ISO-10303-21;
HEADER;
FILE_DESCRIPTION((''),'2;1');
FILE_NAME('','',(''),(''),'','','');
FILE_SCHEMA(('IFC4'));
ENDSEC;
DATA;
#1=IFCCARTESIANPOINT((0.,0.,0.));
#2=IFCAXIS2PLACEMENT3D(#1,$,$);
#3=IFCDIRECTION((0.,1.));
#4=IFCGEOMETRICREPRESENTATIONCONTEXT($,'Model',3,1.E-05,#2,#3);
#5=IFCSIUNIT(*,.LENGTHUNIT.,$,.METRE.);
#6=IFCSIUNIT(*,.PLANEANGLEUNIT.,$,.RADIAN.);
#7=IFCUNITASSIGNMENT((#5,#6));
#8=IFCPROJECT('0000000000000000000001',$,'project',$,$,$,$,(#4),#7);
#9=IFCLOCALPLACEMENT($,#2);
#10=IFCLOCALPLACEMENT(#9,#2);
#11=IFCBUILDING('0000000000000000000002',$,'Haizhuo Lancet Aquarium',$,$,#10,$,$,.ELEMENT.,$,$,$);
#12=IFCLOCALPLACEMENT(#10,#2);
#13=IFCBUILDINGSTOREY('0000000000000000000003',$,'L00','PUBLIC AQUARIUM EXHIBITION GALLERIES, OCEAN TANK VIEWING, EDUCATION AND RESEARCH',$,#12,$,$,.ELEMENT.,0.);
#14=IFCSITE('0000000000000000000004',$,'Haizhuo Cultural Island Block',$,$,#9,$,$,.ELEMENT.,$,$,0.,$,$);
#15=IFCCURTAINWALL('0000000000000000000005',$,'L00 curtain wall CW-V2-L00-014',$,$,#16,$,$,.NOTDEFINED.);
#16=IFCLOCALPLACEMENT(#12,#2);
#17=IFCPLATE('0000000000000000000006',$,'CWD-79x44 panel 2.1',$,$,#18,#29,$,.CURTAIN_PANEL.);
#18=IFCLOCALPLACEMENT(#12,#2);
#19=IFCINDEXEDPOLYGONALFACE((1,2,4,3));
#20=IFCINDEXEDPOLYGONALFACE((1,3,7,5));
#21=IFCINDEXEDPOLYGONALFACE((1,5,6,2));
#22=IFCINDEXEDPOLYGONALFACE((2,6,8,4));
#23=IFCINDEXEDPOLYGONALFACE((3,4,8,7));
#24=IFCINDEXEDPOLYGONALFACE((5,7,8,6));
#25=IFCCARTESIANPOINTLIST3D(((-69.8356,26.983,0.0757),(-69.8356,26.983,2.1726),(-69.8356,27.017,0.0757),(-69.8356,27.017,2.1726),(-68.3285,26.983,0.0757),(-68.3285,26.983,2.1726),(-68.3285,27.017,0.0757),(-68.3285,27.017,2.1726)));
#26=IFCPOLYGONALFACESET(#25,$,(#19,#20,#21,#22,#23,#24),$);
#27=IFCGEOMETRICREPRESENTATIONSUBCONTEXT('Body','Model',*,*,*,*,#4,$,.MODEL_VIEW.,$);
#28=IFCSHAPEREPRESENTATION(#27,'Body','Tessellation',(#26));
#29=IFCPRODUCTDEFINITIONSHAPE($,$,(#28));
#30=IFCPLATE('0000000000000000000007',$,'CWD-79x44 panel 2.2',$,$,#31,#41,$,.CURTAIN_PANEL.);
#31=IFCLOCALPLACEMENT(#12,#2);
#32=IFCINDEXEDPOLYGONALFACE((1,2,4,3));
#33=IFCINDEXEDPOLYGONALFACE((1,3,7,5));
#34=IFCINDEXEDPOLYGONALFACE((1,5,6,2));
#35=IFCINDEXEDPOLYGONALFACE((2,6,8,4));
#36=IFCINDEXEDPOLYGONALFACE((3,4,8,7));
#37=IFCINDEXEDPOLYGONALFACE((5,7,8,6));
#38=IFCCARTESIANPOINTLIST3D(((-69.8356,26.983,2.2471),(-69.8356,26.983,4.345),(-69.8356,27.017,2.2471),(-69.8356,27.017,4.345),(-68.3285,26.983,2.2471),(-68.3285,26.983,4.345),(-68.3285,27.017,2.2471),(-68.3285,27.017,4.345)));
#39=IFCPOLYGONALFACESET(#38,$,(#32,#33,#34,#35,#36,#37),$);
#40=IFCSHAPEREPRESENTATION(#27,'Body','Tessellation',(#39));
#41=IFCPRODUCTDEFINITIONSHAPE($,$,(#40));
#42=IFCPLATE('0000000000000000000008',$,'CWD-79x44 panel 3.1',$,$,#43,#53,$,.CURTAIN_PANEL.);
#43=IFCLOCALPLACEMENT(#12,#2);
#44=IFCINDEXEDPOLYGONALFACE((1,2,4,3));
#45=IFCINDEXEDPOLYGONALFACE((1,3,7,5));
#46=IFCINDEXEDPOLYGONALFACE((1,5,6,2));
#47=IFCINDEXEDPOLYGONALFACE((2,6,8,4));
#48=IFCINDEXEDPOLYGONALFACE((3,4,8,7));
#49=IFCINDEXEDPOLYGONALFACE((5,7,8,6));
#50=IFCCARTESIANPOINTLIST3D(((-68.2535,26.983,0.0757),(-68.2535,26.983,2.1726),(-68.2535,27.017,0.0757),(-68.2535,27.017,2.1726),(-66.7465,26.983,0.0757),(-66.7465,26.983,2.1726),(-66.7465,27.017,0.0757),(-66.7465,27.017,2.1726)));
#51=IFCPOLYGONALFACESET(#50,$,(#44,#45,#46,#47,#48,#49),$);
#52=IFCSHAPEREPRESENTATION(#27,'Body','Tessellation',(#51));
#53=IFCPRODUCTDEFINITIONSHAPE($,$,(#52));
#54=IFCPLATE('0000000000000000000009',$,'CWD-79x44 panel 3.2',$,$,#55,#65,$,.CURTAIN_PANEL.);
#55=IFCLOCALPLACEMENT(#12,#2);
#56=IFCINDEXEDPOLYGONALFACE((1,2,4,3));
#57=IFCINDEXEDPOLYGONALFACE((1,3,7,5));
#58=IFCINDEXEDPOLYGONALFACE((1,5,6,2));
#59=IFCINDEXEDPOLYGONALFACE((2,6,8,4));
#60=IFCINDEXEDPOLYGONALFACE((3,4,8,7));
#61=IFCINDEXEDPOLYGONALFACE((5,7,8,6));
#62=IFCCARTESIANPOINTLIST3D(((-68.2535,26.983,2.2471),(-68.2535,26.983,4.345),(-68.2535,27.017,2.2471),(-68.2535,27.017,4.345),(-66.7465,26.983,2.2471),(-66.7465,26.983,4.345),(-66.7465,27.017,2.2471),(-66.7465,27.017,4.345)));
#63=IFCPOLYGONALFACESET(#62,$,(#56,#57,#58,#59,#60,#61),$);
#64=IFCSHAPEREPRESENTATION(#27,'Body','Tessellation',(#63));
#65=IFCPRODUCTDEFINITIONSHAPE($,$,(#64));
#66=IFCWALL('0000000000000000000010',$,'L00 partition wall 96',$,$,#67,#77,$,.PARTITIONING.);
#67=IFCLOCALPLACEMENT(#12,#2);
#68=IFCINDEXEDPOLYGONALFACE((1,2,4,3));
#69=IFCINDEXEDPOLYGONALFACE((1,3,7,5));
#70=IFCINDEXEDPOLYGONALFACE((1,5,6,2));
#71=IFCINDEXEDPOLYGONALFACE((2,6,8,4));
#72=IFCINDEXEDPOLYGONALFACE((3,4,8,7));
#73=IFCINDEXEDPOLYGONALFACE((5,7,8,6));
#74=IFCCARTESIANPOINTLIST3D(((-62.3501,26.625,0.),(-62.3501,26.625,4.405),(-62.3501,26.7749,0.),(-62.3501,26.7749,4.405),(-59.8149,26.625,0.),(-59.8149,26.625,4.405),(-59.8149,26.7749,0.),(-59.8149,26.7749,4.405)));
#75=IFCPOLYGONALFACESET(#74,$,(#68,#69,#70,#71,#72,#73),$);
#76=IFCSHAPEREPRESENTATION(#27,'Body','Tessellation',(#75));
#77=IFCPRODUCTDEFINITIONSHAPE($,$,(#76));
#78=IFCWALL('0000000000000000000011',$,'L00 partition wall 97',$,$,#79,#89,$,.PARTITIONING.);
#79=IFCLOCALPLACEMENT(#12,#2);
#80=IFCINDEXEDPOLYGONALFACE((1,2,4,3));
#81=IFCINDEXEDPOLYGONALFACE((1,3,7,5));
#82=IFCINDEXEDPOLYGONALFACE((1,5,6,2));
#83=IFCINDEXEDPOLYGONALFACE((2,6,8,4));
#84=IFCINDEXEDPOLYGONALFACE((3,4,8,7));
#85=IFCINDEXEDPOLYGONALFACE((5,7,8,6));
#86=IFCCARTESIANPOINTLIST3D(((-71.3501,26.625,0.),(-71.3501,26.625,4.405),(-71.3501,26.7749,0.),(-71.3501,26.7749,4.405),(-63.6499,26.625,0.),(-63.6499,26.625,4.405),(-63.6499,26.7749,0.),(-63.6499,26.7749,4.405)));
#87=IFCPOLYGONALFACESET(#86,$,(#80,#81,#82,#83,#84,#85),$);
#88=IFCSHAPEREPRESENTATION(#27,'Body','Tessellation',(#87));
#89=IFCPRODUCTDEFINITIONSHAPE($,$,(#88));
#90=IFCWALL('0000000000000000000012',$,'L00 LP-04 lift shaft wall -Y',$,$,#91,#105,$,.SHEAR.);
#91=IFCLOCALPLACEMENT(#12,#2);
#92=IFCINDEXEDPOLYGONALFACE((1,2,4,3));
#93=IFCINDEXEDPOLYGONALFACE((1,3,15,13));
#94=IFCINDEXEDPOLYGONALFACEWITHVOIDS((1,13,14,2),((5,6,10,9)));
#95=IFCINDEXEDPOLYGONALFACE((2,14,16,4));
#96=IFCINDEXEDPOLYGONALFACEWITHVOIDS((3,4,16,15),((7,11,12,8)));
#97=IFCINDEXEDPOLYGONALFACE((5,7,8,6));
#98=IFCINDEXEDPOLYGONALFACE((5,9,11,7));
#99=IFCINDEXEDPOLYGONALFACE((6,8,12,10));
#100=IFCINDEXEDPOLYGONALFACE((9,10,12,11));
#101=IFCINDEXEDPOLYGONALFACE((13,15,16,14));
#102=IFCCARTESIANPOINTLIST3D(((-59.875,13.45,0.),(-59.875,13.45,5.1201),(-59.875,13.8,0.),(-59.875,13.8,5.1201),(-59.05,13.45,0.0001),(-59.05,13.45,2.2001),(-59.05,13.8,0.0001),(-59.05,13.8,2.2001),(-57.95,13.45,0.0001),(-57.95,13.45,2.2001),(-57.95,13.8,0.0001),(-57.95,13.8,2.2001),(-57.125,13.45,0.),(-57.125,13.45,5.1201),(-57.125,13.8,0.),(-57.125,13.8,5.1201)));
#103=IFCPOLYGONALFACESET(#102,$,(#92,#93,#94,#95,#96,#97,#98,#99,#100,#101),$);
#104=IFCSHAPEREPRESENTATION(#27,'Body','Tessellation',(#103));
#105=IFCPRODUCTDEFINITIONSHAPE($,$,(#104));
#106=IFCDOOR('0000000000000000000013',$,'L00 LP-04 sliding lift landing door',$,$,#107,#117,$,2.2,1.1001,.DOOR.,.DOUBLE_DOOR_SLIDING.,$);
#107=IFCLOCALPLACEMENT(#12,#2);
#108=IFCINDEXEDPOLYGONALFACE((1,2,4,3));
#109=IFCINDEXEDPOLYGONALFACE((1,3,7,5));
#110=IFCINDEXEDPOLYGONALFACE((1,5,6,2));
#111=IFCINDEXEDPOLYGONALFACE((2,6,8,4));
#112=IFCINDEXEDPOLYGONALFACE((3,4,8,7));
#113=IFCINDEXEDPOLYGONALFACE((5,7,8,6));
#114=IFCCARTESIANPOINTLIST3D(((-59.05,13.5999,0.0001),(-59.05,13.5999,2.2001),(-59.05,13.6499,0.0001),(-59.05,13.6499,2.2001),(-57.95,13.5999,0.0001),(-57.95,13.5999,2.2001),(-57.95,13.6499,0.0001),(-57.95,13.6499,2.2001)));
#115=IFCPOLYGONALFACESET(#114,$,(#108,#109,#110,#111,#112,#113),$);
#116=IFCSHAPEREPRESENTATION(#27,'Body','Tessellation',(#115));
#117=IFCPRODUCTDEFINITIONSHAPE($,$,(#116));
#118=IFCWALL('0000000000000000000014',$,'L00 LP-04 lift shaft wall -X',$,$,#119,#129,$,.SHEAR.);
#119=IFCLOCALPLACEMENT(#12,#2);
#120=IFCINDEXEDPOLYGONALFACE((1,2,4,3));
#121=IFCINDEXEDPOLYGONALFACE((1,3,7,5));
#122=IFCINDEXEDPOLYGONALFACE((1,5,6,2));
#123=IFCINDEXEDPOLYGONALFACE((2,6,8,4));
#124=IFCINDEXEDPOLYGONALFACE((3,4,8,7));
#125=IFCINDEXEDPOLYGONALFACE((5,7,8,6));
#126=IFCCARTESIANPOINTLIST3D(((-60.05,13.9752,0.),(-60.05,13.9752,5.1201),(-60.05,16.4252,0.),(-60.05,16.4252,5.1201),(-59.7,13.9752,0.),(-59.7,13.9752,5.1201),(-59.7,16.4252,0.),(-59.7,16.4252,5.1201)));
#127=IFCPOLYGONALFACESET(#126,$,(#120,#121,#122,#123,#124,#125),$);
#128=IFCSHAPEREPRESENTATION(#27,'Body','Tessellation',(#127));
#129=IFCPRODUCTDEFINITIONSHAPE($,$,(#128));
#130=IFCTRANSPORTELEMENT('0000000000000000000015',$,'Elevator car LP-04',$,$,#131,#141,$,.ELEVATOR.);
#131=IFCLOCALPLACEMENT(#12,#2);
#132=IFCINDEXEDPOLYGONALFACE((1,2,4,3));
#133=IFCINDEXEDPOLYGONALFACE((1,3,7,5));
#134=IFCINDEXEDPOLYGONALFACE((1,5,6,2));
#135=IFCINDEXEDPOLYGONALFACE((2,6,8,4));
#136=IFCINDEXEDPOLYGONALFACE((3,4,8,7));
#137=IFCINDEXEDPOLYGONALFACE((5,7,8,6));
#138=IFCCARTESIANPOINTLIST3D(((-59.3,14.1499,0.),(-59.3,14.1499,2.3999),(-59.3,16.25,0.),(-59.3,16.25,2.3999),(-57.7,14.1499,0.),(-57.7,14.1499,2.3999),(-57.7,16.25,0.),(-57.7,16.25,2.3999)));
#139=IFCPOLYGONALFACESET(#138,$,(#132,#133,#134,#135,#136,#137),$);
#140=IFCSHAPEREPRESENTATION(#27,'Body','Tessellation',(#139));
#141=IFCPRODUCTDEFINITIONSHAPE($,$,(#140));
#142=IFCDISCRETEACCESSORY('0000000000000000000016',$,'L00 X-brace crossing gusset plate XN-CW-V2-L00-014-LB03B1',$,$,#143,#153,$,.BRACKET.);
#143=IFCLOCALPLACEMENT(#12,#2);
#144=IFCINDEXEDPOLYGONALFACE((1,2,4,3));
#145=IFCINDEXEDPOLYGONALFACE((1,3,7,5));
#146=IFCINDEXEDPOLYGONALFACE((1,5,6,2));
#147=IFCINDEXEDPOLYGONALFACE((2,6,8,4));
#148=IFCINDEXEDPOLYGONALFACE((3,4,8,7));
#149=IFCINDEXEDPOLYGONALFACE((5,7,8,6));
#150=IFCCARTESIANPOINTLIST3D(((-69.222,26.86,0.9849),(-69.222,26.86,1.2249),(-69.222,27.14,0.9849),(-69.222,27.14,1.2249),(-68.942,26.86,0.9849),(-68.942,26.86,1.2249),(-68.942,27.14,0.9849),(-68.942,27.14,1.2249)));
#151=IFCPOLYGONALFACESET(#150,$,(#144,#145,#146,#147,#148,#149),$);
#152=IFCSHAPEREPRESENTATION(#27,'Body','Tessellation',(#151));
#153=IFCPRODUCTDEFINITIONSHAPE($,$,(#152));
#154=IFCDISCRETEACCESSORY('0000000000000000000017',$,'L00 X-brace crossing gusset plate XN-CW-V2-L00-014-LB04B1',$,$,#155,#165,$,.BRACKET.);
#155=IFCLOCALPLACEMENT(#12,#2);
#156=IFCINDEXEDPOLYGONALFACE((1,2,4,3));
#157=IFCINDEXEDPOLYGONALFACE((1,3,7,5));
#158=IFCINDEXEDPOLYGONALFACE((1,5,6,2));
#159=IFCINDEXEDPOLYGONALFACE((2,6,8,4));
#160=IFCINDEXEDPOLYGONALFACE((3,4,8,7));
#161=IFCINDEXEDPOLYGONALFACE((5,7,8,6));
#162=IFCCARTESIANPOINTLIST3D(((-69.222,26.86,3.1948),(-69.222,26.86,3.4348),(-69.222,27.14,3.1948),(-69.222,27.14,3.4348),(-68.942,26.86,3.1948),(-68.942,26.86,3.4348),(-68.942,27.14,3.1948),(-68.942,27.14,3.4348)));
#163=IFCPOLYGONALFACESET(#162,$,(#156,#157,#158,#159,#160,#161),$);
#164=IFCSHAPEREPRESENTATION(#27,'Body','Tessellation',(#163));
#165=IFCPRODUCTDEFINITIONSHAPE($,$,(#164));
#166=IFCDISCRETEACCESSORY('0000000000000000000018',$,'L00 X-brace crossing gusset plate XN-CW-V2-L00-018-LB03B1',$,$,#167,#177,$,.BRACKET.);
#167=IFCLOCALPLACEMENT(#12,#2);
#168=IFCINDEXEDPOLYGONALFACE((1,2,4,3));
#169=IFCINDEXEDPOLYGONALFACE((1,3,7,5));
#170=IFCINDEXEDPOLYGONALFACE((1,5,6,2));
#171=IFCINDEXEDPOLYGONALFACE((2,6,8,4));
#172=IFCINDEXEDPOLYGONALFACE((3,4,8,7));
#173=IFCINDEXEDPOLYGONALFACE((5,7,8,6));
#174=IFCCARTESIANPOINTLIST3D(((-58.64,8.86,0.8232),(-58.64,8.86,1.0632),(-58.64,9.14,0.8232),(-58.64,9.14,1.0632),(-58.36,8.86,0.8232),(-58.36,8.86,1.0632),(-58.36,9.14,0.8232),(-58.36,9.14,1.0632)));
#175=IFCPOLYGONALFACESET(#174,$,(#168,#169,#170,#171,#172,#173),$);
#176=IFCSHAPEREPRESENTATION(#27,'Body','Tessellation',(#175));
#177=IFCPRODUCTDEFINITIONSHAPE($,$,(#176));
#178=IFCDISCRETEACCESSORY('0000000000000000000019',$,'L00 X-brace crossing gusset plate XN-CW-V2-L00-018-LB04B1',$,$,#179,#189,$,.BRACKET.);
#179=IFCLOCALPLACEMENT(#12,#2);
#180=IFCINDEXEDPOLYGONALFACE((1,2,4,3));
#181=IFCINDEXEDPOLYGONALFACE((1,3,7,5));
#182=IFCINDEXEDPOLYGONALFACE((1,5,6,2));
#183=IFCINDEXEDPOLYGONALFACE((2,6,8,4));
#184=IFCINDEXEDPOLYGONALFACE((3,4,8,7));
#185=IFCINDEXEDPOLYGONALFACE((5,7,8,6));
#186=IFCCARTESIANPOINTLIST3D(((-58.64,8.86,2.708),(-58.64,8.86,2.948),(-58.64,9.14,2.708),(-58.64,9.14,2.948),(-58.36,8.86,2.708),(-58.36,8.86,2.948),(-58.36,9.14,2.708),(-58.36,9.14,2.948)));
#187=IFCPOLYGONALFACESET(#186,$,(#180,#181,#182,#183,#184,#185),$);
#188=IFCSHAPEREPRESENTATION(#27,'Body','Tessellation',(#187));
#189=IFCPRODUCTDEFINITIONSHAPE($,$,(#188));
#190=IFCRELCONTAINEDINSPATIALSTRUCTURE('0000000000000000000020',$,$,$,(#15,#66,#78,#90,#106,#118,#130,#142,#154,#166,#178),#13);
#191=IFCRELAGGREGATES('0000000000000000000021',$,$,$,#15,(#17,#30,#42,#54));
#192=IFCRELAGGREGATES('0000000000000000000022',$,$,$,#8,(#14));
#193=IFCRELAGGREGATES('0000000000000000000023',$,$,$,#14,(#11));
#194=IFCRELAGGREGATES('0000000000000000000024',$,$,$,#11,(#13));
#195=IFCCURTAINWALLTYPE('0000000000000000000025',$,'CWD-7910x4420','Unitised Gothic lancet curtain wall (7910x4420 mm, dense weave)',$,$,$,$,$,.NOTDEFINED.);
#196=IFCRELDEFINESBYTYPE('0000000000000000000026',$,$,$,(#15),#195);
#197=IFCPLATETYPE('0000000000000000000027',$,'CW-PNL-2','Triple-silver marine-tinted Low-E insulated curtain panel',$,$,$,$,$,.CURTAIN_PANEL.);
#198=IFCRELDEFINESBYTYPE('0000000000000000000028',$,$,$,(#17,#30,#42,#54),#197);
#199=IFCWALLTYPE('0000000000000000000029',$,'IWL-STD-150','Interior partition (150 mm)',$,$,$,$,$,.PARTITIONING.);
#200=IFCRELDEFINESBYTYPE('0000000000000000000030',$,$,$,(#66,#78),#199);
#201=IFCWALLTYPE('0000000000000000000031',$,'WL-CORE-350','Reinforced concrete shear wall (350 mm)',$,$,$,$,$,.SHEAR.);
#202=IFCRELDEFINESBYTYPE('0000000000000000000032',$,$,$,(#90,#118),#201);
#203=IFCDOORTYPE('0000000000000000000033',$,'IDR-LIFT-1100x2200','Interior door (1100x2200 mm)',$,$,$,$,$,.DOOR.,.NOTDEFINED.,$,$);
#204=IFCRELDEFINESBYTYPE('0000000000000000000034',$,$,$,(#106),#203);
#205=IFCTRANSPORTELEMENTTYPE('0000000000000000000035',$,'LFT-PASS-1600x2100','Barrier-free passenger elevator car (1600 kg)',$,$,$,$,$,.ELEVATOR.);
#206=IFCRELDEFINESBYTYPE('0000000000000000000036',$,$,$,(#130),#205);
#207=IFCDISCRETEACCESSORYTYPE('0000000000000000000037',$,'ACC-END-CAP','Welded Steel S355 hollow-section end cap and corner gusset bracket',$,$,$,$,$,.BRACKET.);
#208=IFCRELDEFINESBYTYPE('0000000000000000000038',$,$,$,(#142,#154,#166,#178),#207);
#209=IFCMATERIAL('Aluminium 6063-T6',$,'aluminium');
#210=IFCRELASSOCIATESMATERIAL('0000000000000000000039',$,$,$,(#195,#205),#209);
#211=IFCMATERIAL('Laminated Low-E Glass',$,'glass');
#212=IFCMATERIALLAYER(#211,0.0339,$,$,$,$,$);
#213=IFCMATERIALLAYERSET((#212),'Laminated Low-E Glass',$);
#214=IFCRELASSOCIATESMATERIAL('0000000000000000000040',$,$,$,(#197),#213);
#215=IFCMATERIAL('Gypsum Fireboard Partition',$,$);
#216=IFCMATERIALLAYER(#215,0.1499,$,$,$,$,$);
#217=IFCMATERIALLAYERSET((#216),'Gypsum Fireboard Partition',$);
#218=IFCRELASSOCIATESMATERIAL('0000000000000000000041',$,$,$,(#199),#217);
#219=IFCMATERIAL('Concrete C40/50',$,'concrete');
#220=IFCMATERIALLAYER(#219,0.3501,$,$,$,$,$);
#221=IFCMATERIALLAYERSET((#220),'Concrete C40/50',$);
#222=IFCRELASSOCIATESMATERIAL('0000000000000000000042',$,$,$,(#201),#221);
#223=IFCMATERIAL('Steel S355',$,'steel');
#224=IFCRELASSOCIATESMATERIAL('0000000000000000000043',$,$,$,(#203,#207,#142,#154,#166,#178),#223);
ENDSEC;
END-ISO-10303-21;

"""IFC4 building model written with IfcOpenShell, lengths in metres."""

from ifc_helpers import new_model, si_unit, direction, frame, frame_2d, origin, origin_2d, place, context, subcontext, project, spatial, rectangle, extrude, material, layer, layer_set, type_object, element, fill, aggregate, save


model = new_model("IFC4")

# Units and contexts
model_context = context("Model", 3, precision=1e-05, world=origin(), true_north=direction((0.0, 1.0)))
body_context = subcontext(model_context, "Body", "Model", "MODEL_VIEW")
ifc_project = project(units=[si_unit("LENGTHUNIT", "METRE"), si_unit("PLANEANGLEUNIT", "RADIAN")], contexts=[model_context])

# Site, building, storey
site_placement = place(None, origin())
site = spatial("IfcSite", under=ifc_project, at=site_placement, Name="Haizhuo Cultural Island Block", CompositionType="ELEMENT", RefElevation=0.0)
building_placement = place(site_placement, origin())
building = spatial("IfcBuilding", under=site, at=building_placement, Name="Haizhuo Lancet Aquarium", CompositionType="ELEMENT")
storey_placement = place(building_placement, origin())
storey = spatial("IfcBuildingStorey", under=building, at=storey_placement, Name="L00", Description="PUBLIC AQUARIUM EXHIBITION GALLERIES, OCEAN TANK VIEWING, EDUCATION AND RESEARCH", CompositionType="ELEMENT", Elevation=0.0)

# Shared definitions
ifc_material_1 = material(Name="Concrete C40/50", Category="concrete")
ifc_material_2 = material(Name="Steel S355", Category="steel")

# Curtain wall
ifc_material_3 = material(Name="Aluminium 6063-T6", Category="aluminium")
curtain_wall_type_1 = type_object("IfcCurtainWallType", Name="CWD-7910x4420", Description="Unitised Gothic lancet curtain wall (7910x4420 mm, dense weave)", PredefinedType="NOTDEFINED", material=ifc_material_3)
curtain_wall_1_placement = place(storey_placement, origin())
curtain_wall_1 = element("IfcCurtainWall", 1, at=curtain_wall_1_placement, inside=storey, type_object=curtain_wall_type_1, Name="L00 curtain wall CW-V2-L00-014", PredefinedType="NOTDEFINED")

# Plates
ifc_material_4 = material(Name="Laminated Low-E Glass", Category="glass")
ifc_layer_1 = layer(ifc_material_4, 0.0339)
ifc_layer_set_1 = layer_set([ifc_layer_1], Name="Laminated Low-E Glass")
plate_type = type_object("IfcPlateType", Name="CW-PNL-2", Description="Triple-silver marine-tinted Low-E insulated curtain panel", PredefinedType="CURTAIN_PANEL", material=ifc_layer_set_1)
plate_1_placement = place(storey_placement, frame((-69.082, 27.0, 0.0757), z_axis=(0.0, 0.0, 1.0), x_axis=(1.0, 0.0, 0.0)))
plate_1 = element("IfcPlate", 2, at=plate_1_placement, type_object=plate_type, Name="CWD-79x44 panel 2.1", PredefinedType="CURTAIN_PANEL", context=body_context, shape_type="SweptSolid", body=[
    extrude(rectangle(XDim=1.5071, YDim=0.0339, at=origin_2d()), origin(), (0.0, 0.0, 1.0), 2.0969),
])
plate_2_placement = place(storey_placement, frame((-69.082, 27.0, 2.2471), z_axis=(0.0, 0.0, 1.0), x_axis=(1.0, 0.0, 0.0)))
plate_2 = element("IfcPlate", 3, at=plate_2_placement, type_object=plate_type, Name="CWD-79x44 panel 2.2", PredefinedType="CURTAIN_PANEL", context=body_context, shape_type="SweptSolid", body=[
    extrude(rectangle(XDim=1.5071, YDim=0.0339, at=origin_2d()), origin(), (0.0, 0.0, 1.0), 2.0979),
])
plate_3_placement = place(storey_placement, frame((-67.5, 27.0, 0.0757), z_axis=(0.0, 0.0, 1.0), x_axis=(1.0, 0.0, 0.0)))
plate_3 = element("IfcPlate", 4, at=plate_3_placement, type_object=plate_type, Name="CWD-79x44 panel 3.1", PredefinedType="CURTAIN_PANEL", context=body_context, shape_type="SweptSolid", body=[
    extrude(rectangle(XDim=1.5071, YDim=0.0339, at=origin_2d()), origin(), (0.0, 0.0, 1.0), 2.0969),
])
plate_4_placement = place(storey_placement, frame((-67.5, 27.0, 2.2471), z_axis=(0.0, 0.0, 1.0), x_axis=(1.0, 0.0, 0.0)))
plate_4 = element("IfcPlate", 5, at=plate_4_placement, type_object=plate_type, Name="CWD-79x44 panel 3.2", PredefinedType="CURTAIN_PANEL", context=body_context, shape_type="SweptSolid", body=[
    extrude(rectangle(XDim=1.5071, YDim=0.0339, at=origin_2d()), origin(), (0.0, 0.0, 1.0), 2.0979),
])
aggregate(curtain_wall_1, [plate_1, plate_2, plate_3, plate_4])

# Walls
ifc_material_5 = material(Name="Gypsum Fireboard Partition")
ifc_layer_2 = layer(ifc_material_5, 0.1499)
ifc_layer_set_2 = layer_set([ifc_layer_2], Name="Gypsum Fireboard Partition")
wall_type_1 = type_object("IfcWallType", Name="IWL-STD-150", Description="Interior partition (150 mm)", PredefinedType="PARTITIONING", material=ifc_layer_set_2)
wall_1_placement = place(storey_placement, frame((-59.8149, 26.7, 0.0), z_axis=(0.0, 0.0, 1.0), x_axis=(-1.0, 0.0, 0.0)))
element("IfcWall", 6, at=wall_1_placement, inside=storey, type_object=wall_type_1, Name="L00 partition wall 96", PredefinedType="PARTITIONING", context=body_context, shape_type="SweptSolid", body=[
    extrude(rectangle(XDim=2.5352, YDim=0.1499, at=frame_2d((1.2676, 0.0))), origin(), (0.0, 0.0, 1.0), 4.405),
])
wall_2_placement = place(storey_placement, frame((-63.6499, 26.7, 0.0), z_axis=(0.0, 0.0, 1.0), x_axis=(-1.0, 0.0, 0.0)))
element("IfcWall", 7, at=wall_2_placement, inside=storey, type_object=wall_type_1, Name="L00 partition wall 97", PredefinedType="PARTITIONING", context=body_context, shape_type="SweptSolid", body=[
    extrude(rectangle(XDim=7.7002, YDim=0.1499, at=frame_2d((3.8501, 0.0))), origin(), (0.0, 0.0, 1.0), 4.405),
])

# Wall, opening, door
ifc_layer_3 = layer(ifc_material_1, 0.3501)
ifc_layer_set_3 = layer_set([ifc_layer_3], Name="Concrete C40/50")
wall_type_2 = type_object("IfcWallType", Name="WL-CORE-350", Description="Reinforced concrete shear wall (350 mm)", PredefinedType="SHEAR", material=ifc_layer_set_3)
wall_3_placement = place(storey_placement, frame((-59.875, 13.625, 0.0), z_axis=(0.0, 0.0, 1.0), x_axis=(1.0, 0.0, 0.0)))
wall_3 = element("IfcWall", 8, at=wall_3_placement, inside=storey, type_object=wall_type_2, Name="L00 LP-04 lift shaft wall -Y", PredefinedType="SHEAR", context=body_context, shape_type="SweptSolid", body=[
    extrude(rectangle(XDim=2.75, YDim=0.3501, at=frame_2d((1.375, 0.0))), origin(), (0.0, 0.0, 1.0), 5.1201),
])
opening_placement = place(wall_3_placement, frame((0.825, 0.0, 0.0)))
opening = element("IfcOpeningElement", 9, at=opening_placement, cuts=wall_3, PredefinedType="OPENING", context=body_context, shape_type="SweptSolid", body=[
    extrude(rectangle(XDim=1.1001, YDim=2.2, at=frame_2d((0.55, 1.1001))), frame((0.0, 0.1851, 0.0), z_axis=(0.0, -1.0, 0.0), x_axis=(1.0, 0.0, 0.0)), (0.0, 0.0, 1.0), 0.3701),
])
door_type = type_object("IfcDoorType", Name="IDR-LIFT-1100x2200", Description="Interior door (1100x2200 mm)", OperationType="NOTDEFINED", PredefinedType="DOOR", material=ifc_material_2)
door_placement = place(opening_placement, origin())
door = element("IfcDoor", 10, at=door_placement, inside=storey, type_object=door_type, Name="L00 LP-04 sliding lift landing door", OperationType="DOUBLE_DOOR_SLIDING", OverallHeight=2.2, OverallWidth=1.1001, PredefinedType="DOOR", context=body_context, shape_type="SweptSolid", body=[
    extrude(rectangle(XDim=1.1001, YDim=2.2, at=frame_2d((0.55, 1.1001))), frame((0.0, 0.0249, 0.0), z_axis=(0.0, -1.0, 0.0), x_axis=(1.0, 0.0, 0.0)), (0.0, 0.0, 1.0), 0.05),
])
fill(opening, door)

# Wall
wall_4_placement = place(storey_placement, frame((-59.875, 13.9751, 0.0), z_axis=(0.0, 0.0, 1.0), x_axis=(0.0, 1.0, 0.0)))
element("IfcWall", 11, at=wall_4_placement, inside=storey, type_object=wall_type_2, Name="L00 LP-04 lift shaft wall -X", PredefinedType="SHEAR", context=body_context, shape_type="SweptSolid", body=[
    extrude(rectangle(XDim=2.45, YDim=0.3501, at=frame_2d((1.2251, 0.0))), origin(), (0.0, 0.0, 1.0), 5.1201),
])

# Transport element
transport_element_type = type_object("IfcTransportElementType", Name="LFT-PASS-1600x2100", Description="Barrier-free passenger elevator car (1600 kg)", PredefinedType="ELEVATOR", material=ifc_material_3)
transport_element_placement = place(storey_placement, frame((-58.5, 15.2, 0.0), z_axis=(0.0, 0.0, 1.0), x_axis=(1.0, 0.0, 0.0)))
element("IfcTransportElement", 12, at=transport_element_placement, inside=storey, type_object=transport_element_type, Name="Elevator car LP-04", PredefinedType="ELEVATOR", context=body_context, shape_type="SweptSolid", body=[
    extrude(rectangle(XDim=1.6001, YDim=2.1001, at=origin_2d()), origin(), (0.0, 0.0, 1.0), 2.3999),
])

# Discrete accessories
discrete_accessory_type = type_object("IfcDiscreteAccessoryType", Name="ACC-END-CAP", Description="Welded Steel S355 hollow-section end cap and corner gusset bracket", PredefinedType="BRACKET", material=ifc_material_2)
for number, where, z_axis, x_axis, name in (
    (13, (-69.082, 27.0, 0.9849), (0.0, 0.0, 1.0), (1.0, 0.0, 0.0), "L00 X-brace crossing gusset plate XN-CW-V2-L00-014-LB03B1"),
    (14, (-69.082, 27.0, 3.1948), (0.0, 0.0, 1.0), (1.0, 0.0, 0.0), "L00 X-brace crossing gusset plate XN-CW-V2-L00-014-LB04B1"),
    (15, (-58.5, 9.0, 0.8232), (0.0, 0.0, 1.0), (1.0, 0.0, 0.0), "L00 X-brace crossing gusset plate XN-CW-V2-L00-018-LB03B1"),
    (16, (-58.5, 9.0, 2.708), (0.0, 0.0, 1.0), (1.0, 0.0, 0.0), "L00 X-brace crossing gusset plate XN-CW-V2-L00-018-LB04B1"),
):
    element("IfcDiscreteAccessory", number, at=place(storey_placement, frame(where, z_axis=z_axis, x_axis=x_axis)), inside=storey, type_object=discrete_accessory_type, material=ifc_material_2, Name=name, PredefinedType="BRACKET", context=body_context, shape_type="SweptSolid", body=[
        extrude(rectangle(XDim=0.28, YDim=0.28, at=origin_2d()), origin(), (0.0, 0.0, 1.0), 0.24),
    ])

save(model, "model.ifc")
